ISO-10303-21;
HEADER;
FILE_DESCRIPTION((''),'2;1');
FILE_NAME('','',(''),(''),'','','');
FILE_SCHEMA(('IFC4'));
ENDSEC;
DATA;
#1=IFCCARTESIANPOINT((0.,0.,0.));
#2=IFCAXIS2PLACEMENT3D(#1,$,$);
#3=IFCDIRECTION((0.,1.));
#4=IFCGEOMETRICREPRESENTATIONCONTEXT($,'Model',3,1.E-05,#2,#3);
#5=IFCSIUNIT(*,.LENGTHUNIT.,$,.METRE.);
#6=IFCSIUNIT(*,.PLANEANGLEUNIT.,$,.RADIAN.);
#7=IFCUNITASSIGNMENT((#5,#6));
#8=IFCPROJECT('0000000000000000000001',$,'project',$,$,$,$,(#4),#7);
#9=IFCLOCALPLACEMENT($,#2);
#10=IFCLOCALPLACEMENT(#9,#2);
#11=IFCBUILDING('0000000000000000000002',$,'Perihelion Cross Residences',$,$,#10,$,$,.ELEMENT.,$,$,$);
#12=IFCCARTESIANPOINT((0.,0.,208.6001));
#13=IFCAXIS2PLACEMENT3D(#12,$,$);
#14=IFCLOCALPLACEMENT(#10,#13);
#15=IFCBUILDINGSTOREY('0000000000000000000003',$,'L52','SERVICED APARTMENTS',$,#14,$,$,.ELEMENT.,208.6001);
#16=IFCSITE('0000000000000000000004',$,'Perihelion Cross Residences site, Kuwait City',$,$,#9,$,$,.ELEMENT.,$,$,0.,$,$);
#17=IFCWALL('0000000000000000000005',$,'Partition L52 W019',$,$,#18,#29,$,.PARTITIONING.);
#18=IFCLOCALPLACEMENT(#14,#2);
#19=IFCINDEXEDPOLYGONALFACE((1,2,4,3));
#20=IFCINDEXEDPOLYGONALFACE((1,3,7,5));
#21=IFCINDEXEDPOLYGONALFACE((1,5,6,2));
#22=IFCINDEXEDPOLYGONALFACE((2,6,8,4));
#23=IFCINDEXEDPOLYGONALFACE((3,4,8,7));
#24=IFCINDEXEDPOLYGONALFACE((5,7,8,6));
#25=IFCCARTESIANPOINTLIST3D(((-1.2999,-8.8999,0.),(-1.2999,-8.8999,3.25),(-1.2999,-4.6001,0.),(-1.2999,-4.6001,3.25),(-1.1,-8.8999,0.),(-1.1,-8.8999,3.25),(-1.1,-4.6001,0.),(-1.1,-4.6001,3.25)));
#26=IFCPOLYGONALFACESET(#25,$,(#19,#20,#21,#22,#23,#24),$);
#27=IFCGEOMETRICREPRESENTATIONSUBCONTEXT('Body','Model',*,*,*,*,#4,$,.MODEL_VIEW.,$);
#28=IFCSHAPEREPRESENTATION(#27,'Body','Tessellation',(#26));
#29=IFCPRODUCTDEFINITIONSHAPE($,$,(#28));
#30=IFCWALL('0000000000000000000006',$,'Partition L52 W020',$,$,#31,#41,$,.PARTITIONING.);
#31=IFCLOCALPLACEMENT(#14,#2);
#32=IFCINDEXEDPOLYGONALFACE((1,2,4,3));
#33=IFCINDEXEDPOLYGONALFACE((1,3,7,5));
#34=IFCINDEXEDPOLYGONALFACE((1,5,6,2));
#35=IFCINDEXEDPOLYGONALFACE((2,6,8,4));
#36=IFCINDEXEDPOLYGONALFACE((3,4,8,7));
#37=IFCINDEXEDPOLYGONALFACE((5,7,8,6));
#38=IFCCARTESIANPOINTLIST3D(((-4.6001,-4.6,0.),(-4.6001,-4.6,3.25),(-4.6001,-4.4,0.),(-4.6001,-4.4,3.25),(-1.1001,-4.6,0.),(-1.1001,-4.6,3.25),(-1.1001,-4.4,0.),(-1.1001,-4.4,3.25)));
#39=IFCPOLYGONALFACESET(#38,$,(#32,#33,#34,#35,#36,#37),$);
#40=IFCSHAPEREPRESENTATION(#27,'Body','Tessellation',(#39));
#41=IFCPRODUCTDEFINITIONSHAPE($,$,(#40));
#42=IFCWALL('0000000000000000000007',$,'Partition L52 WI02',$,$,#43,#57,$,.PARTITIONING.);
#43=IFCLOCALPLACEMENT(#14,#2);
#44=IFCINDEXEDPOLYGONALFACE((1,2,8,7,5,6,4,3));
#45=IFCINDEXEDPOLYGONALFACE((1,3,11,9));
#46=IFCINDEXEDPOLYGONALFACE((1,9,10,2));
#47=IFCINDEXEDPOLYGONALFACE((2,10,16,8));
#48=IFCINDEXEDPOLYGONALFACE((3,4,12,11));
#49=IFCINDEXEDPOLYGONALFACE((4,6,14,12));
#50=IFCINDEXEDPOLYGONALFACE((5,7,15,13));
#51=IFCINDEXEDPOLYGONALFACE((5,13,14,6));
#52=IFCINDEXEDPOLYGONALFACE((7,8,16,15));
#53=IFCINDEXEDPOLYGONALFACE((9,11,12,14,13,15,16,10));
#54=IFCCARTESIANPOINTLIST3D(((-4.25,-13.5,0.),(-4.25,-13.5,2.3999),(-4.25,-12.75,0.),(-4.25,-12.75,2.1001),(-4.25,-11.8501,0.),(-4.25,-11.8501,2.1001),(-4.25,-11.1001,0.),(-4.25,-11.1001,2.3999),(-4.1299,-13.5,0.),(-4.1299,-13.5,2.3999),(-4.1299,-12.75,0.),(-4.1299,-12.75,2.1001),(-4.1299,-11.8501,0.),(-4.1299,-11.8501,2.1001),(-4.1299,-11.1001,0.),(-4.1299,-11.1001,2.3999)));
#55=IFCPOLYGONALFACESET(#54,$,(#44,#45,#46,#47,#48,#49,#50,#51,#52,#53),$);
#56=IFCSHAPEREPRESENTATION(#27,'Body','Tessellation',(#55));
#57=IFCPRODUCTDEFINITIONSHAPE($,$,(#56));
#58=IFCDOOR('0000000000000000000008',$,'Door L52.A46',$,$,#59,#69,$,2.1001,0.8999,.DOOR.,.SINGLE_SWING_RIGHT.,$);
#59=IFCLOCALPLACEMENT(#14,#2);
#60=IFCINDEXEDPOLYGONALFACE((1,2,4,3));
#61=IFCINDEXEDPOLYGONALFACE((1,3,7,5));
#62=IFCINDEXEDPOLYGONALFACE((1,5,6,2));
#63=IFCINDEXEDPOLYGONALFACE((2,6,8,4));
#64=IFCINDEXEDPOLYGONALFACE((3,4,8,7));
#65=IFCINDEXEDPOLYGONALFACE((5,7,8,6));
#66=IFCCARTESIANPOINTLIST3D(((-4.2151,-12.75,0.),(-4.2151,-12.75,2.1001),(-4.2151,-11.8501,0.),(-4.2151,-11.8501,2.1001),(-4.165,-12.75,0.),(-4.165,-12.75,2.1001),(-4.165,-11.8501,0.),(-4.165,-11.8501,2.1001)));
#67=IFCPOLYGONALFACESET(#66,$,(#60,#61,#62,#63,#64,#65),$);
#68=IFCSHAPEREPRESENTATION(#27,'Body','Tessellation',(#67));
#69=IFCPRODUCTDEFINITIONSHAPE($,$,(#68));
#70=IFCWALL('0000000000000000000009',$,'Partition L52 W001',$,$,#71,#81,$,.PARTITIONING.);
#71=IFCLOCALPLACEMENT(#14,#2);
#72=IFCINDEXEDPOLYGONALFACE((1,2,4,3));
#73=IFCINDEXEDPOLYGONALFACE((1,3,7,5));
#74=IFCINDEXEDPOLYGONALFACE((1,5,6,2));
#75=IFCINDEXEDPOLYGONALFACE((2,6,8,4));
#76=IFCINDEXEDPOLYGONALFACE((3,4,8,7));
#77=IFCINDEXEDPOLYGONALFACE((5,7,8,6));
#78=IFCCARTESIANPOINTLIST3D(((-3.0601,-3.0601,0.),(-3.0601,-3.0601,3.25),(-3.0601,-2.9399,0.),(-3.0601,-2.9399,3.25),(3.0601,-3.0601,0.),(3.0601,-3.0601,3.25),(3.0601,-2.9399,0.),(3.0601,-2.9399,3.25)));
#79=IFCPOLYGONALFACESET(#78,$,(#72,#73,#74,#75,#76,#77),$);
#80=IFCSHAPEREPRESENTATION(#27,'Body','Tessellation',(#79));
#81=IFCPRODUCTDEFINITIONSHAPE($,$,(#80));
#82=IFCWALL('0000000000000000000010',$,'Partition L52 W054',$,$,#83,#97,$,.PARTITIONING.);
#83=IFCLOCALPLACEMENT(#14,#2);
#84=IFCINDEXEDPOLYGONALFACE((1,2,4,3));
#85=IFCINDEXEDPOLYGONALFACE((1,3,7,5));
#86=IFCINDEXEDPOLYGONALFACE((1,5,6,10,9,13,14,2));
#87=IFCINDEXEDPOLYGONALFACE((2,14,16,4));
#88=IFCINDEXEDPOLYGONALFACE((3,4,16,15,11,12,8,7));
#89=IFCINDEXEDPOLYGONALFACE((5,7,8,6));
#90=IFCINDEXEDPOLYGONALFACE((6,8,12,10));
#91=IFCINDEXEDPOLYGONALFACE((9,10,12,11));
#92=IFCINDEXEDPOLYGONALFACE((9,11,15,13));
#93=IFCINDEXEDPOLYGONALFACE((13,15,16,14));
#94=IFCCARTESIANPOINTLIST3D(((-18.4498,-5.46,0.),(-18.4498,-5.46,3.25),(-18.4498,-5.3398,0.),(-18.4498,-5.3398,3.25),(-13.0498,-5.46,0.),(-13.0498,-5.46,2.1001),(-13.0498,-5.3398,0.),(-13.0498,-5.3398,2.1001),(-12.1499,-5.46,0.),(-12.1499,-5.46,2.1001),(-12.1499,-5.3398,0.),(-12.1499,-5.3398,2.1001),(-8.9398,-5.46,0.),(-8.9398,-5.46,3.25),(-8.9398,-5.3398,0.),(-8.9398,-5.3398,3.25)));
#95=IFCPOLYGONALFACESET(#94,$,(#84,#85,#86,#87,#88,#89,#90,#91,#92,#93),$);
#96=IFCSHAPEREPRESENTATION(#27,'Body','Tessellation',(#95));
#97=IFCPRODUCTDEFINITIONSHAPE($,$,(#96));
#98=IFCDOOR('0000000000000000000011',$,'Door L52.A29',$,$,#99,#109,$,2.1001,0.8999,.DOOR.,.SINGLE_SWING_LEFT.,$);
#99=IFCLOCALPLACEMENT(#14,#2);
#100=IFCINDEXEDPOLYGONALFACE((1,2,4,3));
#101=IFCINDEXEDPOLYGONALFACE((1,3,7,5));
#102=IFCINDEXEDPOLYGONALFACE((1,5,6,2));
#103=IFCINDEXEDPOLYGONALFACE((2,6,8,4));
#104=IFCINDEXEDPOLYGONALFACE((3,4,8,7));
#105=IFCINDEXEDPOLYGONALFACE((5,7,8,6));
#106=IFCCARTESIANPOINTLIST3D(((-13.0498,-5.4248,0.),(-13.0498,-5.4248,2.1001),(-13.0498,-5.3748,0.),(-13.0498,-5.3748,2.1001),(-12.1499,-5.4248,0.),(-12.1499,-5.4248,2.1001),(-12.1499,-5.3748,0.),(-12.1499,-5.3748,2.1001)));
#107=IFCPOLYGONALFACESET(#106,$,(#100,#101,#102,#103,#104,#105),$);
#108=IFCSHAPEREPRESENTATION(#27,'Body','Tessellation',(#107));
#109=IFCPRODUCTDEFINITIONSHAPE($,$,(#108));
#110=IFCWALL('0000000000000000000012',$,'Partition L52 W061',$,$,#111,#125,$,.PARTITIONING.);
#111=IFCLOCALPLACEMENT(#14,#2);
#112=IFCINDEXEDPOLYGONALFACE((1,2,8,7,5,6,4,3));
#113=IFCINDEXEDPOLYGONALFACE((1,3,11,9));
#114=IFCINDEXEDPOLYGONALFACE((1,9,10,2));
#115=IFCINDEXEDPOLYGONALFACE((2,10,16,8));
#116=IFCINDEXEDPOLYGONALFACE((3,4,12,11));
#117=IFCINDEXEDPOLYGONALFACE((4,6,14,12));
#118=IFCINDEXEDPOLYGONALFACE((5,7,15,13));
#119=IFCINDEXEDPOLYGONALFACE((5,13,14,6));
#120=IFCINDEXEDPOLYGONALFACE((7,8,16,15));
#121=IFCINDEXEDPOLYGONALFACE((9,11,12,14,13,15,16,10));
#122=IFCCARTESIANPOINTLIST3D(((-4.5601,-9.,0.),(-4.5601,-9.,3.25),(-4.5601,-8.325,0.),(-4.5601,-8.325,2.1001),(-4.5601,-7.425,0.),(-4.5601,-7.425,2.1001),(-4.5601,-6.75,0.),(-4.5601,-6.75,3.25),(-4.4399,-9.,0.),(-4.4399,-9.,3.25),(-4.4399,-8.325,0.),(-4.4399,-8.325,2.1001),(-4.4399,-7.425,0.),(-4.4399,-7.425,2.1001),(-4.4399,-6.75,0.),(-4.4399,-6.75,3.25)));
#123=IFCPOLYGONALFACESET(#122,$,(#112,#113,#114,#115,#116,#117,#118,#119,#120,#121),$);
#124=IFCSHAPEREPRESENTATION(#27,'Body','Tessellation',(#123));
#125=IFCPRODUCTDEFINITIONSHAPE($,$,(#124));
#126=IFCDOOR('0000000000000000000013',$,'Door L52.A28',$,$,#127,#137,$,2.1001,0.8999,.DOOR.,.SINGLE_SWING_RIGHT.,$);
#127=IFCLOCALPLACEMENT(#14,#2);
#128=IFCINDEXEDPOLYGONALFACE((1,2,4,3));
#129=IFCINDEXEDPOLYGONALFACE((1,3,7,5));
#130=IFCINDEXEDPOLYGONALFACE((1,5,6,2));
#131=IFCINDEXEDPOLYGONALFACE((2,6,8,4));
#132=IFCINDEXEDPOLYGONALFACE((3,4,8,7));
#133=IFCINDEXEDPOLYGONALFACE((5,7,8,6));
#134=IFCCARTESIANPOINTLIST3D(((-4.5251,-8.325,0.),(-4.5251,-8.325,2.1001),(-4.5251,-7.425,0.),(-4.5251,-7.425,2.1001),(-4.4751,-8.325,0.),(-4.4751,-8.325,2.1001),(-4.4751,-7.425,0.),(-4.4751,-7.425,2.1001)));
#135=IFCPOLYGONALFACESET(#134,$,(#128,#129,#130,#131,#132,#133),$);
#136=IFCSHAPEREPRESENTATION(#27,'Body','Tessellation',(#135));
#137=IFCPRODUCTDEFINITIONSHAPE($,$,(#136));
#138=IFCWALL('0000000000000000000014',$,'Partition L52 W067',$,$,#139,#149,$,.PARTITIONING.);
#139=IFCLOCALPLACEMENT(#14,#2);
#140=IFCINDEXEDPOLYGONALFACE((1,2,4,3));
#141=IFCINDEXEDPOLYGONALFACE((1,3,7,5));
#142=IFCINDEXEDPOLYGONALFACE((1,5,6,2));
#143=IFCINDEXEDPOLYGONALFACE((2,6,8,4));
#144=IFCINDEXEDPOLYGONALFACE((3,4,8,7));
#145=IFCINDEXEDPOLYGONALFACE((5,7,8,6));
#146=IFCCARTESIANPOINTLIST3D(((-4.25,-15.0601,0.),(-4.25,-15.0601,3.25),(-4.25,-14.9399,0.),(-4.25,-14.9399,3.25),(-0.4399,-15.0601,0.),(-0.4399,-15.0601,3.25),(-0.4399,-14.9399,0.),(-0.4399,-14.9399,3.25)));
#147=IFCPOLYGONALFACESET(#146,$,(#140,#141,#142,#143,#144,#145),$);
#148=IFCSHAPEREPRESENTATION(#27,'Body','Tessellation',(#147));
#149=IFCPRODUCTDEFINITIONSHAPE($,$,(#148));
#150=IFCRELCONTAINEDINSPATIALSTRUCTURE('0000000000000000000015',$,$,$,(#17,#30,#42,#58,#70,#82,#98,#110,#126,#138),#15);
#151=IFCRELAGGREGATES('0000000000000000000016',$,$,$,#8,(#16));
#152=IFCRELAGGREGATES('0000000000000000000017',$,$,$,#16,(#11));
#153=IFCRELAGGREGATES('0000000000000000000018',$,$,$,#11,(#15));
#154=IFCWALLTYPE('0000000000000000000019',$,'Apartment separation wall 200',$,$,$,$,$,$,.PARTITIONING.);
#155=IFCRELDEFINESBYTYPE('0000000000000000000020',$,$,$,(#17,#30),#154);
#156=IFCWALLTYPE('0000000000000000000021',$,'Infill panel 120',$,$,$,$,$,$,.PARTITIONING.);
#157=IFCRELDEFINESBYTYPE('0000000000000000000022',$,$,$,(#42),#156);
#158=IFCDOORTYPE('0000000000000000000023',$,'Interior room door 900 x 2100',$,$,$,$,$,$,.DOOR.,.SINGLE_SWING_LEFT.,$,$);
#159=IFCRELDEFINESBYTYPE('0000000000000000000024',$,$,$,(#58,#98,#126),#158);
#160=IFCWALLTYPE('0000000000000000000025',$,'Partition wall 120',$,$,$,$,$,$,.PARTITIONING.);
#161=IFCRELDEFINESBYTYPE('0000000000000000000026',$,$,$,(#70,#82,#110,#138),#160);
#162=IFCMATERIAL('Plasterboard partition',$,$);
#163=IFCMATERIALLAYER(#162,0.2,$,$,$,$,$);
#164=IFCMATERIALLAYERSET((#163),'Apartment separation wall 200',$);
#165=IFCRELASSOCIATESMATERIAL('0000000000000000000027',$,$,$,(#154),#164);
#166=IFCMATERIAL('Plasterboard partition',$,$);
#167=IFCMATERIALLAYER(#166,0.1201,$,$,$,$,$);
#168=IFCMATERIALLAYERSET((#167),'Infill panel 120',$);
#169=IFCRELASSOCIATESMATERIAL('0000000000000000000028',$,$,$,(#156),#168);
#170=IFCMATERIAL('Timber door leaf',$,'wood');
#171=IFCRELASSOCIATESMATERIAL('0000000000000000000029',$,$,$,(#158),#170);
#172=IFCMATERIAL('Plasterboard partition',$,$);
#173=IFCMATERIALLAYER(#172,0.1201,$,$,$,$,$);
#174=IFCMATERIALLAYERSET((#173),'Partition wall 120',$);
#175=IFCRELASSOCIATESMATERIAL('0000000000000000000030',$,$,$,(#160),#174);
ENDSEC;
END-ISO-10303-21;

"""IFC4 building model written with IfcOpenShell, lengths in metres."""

from ifc_helpers import new_model, si_unit, direction, frame, frame_2d, origin, place, context, subcontext, project, spatial, rectangle, extrude, material, layer, layer_set, type_object, element, fill, save


model = new_model("IFC4")

# Units and contexts
model_context = context("Model", 3, precision=1e-05, world=origin(), true_north=direction((0.0, 1.0)))
body_context = subcontext(model_context, "Body", "Model", "MODEL_VIEW")
ifc_project = project(units=[si_unit("LENGTHUNIT", "METRE"), si_unit("PLANEANGLEUNIT", "RADIAN")], contexts=[model_context])

# Site, building, storey
site_placement = place(None, origin())
site = spatial("IfcSite", under=ifc_project, at=site_placement, Name="Perihelion Cross Residences site, Kuwait City", CompositionType="ELEMENT", RefElevation=0.0)
building_placement = place(site_placement, origin())
building = spatial("IfcBuilding", under=site, at=building_placement, Name="Perihelion Cross Residences", CompositionType="ELEMENT")
storey_placement = place(building_placement, frame((0.0, 0.0, 208.6001)))
storey = spatial("IfcBuildingStorey", under=building, at=storey_placement, Name="L52", Description="SERVICED APARTMENTS", CompositionType="ELEMENT", Elevation=208.6001)

# Walls
ifc_material_1 = material(Name="Plasterboard partition")
ifc_layer_1 = layer(ifc_material_1, 0.2)
ifc_layer_set_1 = layer_set([ifc_layer_1], Name="Apartment separation wall 200")
wall_type_1 = type_object("IfcWallType", Name="Apartment separation wall 200", PredefinedType="PARTITIONING", material=ifc_layer_set_1)
wall_1_placement = place(storey_placement, frame((-1.2, -8.8999, 0.0), z_axis=(0.0, 0.0, 1.0), x_axis=(0.0, 1.0, 0.0)))
element("IfcWall", 1, at=wall_1_placement, inside=storey, type_object=wall_type_1, Name="Partition L52 W019", PredefinedType="PARTITIONING", context=body_context, shape_type="SweptSolid", body=[
    extrude(rectangle(XDim=4.2998, YDim=0.2, at=frame_2d((2.1499, 0.0))), origin(), (0.0, 0.0, 1.0), 3.25),
])
wall_2_placement = place(storey_placement, frame((-1.1001, -4.5, 0.0), z_axis=(0.0, 0.0, 1.0), x_axis=(-1.0, 0.0, 0.0)))
element("IfcWall", 2, at=wall_2_placement, inside=storey, type_object=wall_type_1, Name="Partition L52 W020", PredefinedType="PARTITIONING", context=body_context, shape_type="SweptSolid", body=[
    extrude(rectangle(XDim=3.5, YDim=0.2, at=frame_2d((1.75, 0.0))), origin(), (0.0, 0.0, 1.0), 3.25),
])

# Wall, opening, door
ifc_material_2 = material(Name="Plasterboard partition")
ifc_layer_2 = layer(ifc_material_2, 0.1201)
ifc_layer_set_2 = layer_set([ifc_layer_2], Name="Infill panel 120")
wall_type_2 = type_object("IfcWallType", Name="Infill panel 120", PredefinedType="PARTITIONING", material=ifc_layer_set_2)
wall_3_placement = place(storey_placement, frame((-4.1899, -11.1001, 0.0), z_axis=(0.0, 0.0, 1.0), x_axis=(0.0, -1.0, 0.0)))
wall_3 = element("IfcWall", 3, at=wall_3_placement, inside=storey, type_object=wall_type_2, Name="Partition L52 WI02", PredefinedType="PARTITIONING", context=body_context, shape_type="SweptSolid", body=[
    extrude(rectangle(XDim=2.3999, YDim=0.1201, at=frame_2d((1.2, 0.0))), origin(), (0.0, 0.0, 1.0), 2.3999),
])
opening_1_placement = place(wall_3_placement, frame((0.75, 0.0, 0.0)))
opening_1 = element("IfcOpeningElement", 4, at=opening_1_placement, cuts=wall_3, PredefinedType="OPENING", context=body_context, shape_type="SweptSolid", body=[
    extrude(rectangle(XDim=0.8999, YDim=2.1001, at=frame_2d((0.45, 1.05))), frame((0.0, 0.0701, 0.0), z_axis=(0.0, -1.0, 0.0), x_axis=(1.0, 0.0, 0.0)), (0.0, 0.0, 1.0), 0.1401),
])
ifc_material_3 = material(Name="Timber door leaf", Category="wood")
door_type_1 = type_object("IfcDoorType", Name="Interior room door 900 x 2100", OperationType="SINGLE_SWING_LEFT", PredefinedType="DOOR", material=ifc_material_3)
door_1_placement = place(opening_1_placement, origin())
door_1 = element("IfcDoor", 5, at=door_1_placement, inside=storey, type_object=door_type_1, Name="Door L52.A46", OperationType="SINGLE_SWING_RIGHT", OverallHeight=2.1001, OverallWidth=0.8999, PredefinedType="DOOR", context=body_context, shape_type="SweptSolid", body=[
    extrude(rectangle(XDim=0.8999, YDim=2.1001, at=frame_2d((0.45, 1.05))), frame((0.0, 0.0249, 0.0), z_axis=(0.0, -1.0, 0.0), x_axis=(1.0, 0.0, 0.0)), (0.0, 0.0, 1.0), 0.05),
])
fill(opening_1, door_1)

# Wall
ifc_material_4 = material(Name="Plasterboard partition")
ifc_layer_3 = layer(ifc_material_4, 0.1201)
ifc_layer_set_3 = layer_set([ifc_layer_3], Name="Partition wall 120")
wall_type_3 = type_object("IfcWallType", Name="Partition wall 120", PredefinedType="PARTITIONING", material=ifc_layer_set_3)
wall_4_placement = place(storey_placement, frame((-3.0601, -3.0, 0.0), z_axis=(0.0, 0.0, 1.0), x_axis=(1.0, 0.0, 0.0)))
element("IfcWall", 6, at=wall_4_placement, inside=storey, type_object=wall_type_3, Name="Partition L52 W001", PredefinedType="PARTITIONING", context=body_context, shape_type="SweptSolid", body=[
    extrude(rectangle(XDim=6.1201, YDim=0.1201, at=frame_2d((3.0601, 0.0))), origin(), (0.0, 0.0, 1.0), 3.25),
])

# Walls, openings, doors
wall_5_placement = place(storey_placement, frame((-8.9399, -5.3999, 0.0), z_axis=(0.0, 0.0, 1.0), x_axis=(-1.0, 0.0, 0.0)))
wall_5 = element("IfcWall", 7, at=wall_5_placement, inside=storey, type_object=wall_type_3, Name="Partition L52 W054", PredefinedType="PARTITIONING", context=body_context, shape_type="SweptSolid", body=[
    extrude(rectangle(XDim=9.51, YDim=0.1201, at=frame_2d((4.7549, 0.0))), origin(), (0.0, 0.0, 1.0), 3.25),
])
opening_2_placement = place(wall_5_placement, frame((3.21, 0.0, 0.0)))
opening_2 = element("IfcOpeningElement", 8, at=opening_2_placement, cuts=wall_5, PredefinedType="OPENING", context=body_context, shape_type="SweptSolid", body=[
    extrude(rectangle(XDim=0.8999, YDim=2.1001, at=frame_2d((0.45, 1.05))), frame((0.0, 0.0701, 0.0), z_axis=(0.0, -1.0, 0.0), x_axis=(1.0, 0.0, 0.0)), (0.0, 0.0, 1.0), 0.1401),
])
door_2_placement = place(opening_2_placement, origin())
door_2 = element("IfcDoor", 9, at=door_2_placement, inside=storey, type_object=door_type_1, Name="Door L52.A29", OperationType="SINGLE_SWING_LEFT", OverallHeight=2.1001, OverallWidth=0.8999, PredefinedType="DOOR", context=body_context, shape_type="SweptSolid", body=[
    extrude(rectangle(XDim=0.8999, YDim=2.1001, at=frame_2d((0.45, 1.05))), frame((0.0, 0.0249, 0.0), z_axis=(0.0, -1.0, 0.0), x_axis=(1.0, 0.0, 0.0)), (0.0, 0.0, 1.0), 0.05),
])
fill(opening_2, door_2)
wall_6_placement = place(storey_placement, frame((-4.5, -6.75, 0.0), z_axis=(0.0, 0.0, 1.0), x_axis=(0.0, -1.0, 0.0)))
wall_6 = element("IfcWall", 10, at=wall_6_placement, inside=storey, type_object=wall_type_3, Name="Partition L52 W061", PredefinedType="PARTITIONING", context=body_context, shape_type="SweptSolid", body=[
    extrude(rectangle(XDim=2.25, YDim=0.1201, at=frame_2d((1.125, 0.0))), origin(), (0.0, 0.0, 1.0), 3.25),
])
opening_3_placement = place(wall_6_placement, frame((0.675, 0.0, 0.0)))
opening_3 = element("IfcOpeningElement", 11, at=opening_3_placement, cuts=wall_6, PredefinedType="OPENING", context=body_context, shape_type="SweptSolid", body=[
    extrude(rectangle(XDim=0.8999, YDim=2.1001, at=frame_2d((0.45, 1.05))), frame((0.0, 0.0701, 0.0), z_axis=(0.0, -1.0, 0.0), x_axis=(1.0, 0.0, 0.0)), (0.0, 0.0, 1.0), 0.1401),
])
door_3_placement = place(opening_3_placement, origin())
door_3 = element("IfcDoor", 12, at=door_3_placement, inside=storey, type_object=door_type_1, Name="Door L52.A28", OperationType="SINGLE_SWING_RIGHT", OverallHeight=2.1001, OverallWidth=0.8999, PredefinedType="DOOR", context=body_context, shape_type="SweptSolid", body=[
    extrude(rectangle(XDim=0.8999, YDim=2.1001, at=frame_2d((0.45, 1.05))), frame((0.0, 0.0249, 0.0), z_axis=(0.0, -1.0, 0.0), x_axis=(1.0, 0.0, 0.0)), (0.0, 0.0, 1.0), 0.05),
])
fill(opening_3, door_3)

# Wall
wall_7_placement = place(storey_placement, frame((-0.4399, -15.0, 0.0), z_axis=(0.0, 0.0, 1.0), x_axis=(-1.0, 0.0, 0.0)))
element("IfcWall", 13, at=wall_7_placement, inside=storey, type_object=wall_type_3, Name="Partition L52 W067", PredefinedType="PARTITIONING", context=body_context, shape_type="SweptSolid", body=[
    extrude(rectangle(XDim=3.8101, YDim=0.1201, at=frame_2d((1.905, 0.0))), origin(), (0.0, 0.0, 1.0), 3.25),
])

save(model, "model.ifc")
